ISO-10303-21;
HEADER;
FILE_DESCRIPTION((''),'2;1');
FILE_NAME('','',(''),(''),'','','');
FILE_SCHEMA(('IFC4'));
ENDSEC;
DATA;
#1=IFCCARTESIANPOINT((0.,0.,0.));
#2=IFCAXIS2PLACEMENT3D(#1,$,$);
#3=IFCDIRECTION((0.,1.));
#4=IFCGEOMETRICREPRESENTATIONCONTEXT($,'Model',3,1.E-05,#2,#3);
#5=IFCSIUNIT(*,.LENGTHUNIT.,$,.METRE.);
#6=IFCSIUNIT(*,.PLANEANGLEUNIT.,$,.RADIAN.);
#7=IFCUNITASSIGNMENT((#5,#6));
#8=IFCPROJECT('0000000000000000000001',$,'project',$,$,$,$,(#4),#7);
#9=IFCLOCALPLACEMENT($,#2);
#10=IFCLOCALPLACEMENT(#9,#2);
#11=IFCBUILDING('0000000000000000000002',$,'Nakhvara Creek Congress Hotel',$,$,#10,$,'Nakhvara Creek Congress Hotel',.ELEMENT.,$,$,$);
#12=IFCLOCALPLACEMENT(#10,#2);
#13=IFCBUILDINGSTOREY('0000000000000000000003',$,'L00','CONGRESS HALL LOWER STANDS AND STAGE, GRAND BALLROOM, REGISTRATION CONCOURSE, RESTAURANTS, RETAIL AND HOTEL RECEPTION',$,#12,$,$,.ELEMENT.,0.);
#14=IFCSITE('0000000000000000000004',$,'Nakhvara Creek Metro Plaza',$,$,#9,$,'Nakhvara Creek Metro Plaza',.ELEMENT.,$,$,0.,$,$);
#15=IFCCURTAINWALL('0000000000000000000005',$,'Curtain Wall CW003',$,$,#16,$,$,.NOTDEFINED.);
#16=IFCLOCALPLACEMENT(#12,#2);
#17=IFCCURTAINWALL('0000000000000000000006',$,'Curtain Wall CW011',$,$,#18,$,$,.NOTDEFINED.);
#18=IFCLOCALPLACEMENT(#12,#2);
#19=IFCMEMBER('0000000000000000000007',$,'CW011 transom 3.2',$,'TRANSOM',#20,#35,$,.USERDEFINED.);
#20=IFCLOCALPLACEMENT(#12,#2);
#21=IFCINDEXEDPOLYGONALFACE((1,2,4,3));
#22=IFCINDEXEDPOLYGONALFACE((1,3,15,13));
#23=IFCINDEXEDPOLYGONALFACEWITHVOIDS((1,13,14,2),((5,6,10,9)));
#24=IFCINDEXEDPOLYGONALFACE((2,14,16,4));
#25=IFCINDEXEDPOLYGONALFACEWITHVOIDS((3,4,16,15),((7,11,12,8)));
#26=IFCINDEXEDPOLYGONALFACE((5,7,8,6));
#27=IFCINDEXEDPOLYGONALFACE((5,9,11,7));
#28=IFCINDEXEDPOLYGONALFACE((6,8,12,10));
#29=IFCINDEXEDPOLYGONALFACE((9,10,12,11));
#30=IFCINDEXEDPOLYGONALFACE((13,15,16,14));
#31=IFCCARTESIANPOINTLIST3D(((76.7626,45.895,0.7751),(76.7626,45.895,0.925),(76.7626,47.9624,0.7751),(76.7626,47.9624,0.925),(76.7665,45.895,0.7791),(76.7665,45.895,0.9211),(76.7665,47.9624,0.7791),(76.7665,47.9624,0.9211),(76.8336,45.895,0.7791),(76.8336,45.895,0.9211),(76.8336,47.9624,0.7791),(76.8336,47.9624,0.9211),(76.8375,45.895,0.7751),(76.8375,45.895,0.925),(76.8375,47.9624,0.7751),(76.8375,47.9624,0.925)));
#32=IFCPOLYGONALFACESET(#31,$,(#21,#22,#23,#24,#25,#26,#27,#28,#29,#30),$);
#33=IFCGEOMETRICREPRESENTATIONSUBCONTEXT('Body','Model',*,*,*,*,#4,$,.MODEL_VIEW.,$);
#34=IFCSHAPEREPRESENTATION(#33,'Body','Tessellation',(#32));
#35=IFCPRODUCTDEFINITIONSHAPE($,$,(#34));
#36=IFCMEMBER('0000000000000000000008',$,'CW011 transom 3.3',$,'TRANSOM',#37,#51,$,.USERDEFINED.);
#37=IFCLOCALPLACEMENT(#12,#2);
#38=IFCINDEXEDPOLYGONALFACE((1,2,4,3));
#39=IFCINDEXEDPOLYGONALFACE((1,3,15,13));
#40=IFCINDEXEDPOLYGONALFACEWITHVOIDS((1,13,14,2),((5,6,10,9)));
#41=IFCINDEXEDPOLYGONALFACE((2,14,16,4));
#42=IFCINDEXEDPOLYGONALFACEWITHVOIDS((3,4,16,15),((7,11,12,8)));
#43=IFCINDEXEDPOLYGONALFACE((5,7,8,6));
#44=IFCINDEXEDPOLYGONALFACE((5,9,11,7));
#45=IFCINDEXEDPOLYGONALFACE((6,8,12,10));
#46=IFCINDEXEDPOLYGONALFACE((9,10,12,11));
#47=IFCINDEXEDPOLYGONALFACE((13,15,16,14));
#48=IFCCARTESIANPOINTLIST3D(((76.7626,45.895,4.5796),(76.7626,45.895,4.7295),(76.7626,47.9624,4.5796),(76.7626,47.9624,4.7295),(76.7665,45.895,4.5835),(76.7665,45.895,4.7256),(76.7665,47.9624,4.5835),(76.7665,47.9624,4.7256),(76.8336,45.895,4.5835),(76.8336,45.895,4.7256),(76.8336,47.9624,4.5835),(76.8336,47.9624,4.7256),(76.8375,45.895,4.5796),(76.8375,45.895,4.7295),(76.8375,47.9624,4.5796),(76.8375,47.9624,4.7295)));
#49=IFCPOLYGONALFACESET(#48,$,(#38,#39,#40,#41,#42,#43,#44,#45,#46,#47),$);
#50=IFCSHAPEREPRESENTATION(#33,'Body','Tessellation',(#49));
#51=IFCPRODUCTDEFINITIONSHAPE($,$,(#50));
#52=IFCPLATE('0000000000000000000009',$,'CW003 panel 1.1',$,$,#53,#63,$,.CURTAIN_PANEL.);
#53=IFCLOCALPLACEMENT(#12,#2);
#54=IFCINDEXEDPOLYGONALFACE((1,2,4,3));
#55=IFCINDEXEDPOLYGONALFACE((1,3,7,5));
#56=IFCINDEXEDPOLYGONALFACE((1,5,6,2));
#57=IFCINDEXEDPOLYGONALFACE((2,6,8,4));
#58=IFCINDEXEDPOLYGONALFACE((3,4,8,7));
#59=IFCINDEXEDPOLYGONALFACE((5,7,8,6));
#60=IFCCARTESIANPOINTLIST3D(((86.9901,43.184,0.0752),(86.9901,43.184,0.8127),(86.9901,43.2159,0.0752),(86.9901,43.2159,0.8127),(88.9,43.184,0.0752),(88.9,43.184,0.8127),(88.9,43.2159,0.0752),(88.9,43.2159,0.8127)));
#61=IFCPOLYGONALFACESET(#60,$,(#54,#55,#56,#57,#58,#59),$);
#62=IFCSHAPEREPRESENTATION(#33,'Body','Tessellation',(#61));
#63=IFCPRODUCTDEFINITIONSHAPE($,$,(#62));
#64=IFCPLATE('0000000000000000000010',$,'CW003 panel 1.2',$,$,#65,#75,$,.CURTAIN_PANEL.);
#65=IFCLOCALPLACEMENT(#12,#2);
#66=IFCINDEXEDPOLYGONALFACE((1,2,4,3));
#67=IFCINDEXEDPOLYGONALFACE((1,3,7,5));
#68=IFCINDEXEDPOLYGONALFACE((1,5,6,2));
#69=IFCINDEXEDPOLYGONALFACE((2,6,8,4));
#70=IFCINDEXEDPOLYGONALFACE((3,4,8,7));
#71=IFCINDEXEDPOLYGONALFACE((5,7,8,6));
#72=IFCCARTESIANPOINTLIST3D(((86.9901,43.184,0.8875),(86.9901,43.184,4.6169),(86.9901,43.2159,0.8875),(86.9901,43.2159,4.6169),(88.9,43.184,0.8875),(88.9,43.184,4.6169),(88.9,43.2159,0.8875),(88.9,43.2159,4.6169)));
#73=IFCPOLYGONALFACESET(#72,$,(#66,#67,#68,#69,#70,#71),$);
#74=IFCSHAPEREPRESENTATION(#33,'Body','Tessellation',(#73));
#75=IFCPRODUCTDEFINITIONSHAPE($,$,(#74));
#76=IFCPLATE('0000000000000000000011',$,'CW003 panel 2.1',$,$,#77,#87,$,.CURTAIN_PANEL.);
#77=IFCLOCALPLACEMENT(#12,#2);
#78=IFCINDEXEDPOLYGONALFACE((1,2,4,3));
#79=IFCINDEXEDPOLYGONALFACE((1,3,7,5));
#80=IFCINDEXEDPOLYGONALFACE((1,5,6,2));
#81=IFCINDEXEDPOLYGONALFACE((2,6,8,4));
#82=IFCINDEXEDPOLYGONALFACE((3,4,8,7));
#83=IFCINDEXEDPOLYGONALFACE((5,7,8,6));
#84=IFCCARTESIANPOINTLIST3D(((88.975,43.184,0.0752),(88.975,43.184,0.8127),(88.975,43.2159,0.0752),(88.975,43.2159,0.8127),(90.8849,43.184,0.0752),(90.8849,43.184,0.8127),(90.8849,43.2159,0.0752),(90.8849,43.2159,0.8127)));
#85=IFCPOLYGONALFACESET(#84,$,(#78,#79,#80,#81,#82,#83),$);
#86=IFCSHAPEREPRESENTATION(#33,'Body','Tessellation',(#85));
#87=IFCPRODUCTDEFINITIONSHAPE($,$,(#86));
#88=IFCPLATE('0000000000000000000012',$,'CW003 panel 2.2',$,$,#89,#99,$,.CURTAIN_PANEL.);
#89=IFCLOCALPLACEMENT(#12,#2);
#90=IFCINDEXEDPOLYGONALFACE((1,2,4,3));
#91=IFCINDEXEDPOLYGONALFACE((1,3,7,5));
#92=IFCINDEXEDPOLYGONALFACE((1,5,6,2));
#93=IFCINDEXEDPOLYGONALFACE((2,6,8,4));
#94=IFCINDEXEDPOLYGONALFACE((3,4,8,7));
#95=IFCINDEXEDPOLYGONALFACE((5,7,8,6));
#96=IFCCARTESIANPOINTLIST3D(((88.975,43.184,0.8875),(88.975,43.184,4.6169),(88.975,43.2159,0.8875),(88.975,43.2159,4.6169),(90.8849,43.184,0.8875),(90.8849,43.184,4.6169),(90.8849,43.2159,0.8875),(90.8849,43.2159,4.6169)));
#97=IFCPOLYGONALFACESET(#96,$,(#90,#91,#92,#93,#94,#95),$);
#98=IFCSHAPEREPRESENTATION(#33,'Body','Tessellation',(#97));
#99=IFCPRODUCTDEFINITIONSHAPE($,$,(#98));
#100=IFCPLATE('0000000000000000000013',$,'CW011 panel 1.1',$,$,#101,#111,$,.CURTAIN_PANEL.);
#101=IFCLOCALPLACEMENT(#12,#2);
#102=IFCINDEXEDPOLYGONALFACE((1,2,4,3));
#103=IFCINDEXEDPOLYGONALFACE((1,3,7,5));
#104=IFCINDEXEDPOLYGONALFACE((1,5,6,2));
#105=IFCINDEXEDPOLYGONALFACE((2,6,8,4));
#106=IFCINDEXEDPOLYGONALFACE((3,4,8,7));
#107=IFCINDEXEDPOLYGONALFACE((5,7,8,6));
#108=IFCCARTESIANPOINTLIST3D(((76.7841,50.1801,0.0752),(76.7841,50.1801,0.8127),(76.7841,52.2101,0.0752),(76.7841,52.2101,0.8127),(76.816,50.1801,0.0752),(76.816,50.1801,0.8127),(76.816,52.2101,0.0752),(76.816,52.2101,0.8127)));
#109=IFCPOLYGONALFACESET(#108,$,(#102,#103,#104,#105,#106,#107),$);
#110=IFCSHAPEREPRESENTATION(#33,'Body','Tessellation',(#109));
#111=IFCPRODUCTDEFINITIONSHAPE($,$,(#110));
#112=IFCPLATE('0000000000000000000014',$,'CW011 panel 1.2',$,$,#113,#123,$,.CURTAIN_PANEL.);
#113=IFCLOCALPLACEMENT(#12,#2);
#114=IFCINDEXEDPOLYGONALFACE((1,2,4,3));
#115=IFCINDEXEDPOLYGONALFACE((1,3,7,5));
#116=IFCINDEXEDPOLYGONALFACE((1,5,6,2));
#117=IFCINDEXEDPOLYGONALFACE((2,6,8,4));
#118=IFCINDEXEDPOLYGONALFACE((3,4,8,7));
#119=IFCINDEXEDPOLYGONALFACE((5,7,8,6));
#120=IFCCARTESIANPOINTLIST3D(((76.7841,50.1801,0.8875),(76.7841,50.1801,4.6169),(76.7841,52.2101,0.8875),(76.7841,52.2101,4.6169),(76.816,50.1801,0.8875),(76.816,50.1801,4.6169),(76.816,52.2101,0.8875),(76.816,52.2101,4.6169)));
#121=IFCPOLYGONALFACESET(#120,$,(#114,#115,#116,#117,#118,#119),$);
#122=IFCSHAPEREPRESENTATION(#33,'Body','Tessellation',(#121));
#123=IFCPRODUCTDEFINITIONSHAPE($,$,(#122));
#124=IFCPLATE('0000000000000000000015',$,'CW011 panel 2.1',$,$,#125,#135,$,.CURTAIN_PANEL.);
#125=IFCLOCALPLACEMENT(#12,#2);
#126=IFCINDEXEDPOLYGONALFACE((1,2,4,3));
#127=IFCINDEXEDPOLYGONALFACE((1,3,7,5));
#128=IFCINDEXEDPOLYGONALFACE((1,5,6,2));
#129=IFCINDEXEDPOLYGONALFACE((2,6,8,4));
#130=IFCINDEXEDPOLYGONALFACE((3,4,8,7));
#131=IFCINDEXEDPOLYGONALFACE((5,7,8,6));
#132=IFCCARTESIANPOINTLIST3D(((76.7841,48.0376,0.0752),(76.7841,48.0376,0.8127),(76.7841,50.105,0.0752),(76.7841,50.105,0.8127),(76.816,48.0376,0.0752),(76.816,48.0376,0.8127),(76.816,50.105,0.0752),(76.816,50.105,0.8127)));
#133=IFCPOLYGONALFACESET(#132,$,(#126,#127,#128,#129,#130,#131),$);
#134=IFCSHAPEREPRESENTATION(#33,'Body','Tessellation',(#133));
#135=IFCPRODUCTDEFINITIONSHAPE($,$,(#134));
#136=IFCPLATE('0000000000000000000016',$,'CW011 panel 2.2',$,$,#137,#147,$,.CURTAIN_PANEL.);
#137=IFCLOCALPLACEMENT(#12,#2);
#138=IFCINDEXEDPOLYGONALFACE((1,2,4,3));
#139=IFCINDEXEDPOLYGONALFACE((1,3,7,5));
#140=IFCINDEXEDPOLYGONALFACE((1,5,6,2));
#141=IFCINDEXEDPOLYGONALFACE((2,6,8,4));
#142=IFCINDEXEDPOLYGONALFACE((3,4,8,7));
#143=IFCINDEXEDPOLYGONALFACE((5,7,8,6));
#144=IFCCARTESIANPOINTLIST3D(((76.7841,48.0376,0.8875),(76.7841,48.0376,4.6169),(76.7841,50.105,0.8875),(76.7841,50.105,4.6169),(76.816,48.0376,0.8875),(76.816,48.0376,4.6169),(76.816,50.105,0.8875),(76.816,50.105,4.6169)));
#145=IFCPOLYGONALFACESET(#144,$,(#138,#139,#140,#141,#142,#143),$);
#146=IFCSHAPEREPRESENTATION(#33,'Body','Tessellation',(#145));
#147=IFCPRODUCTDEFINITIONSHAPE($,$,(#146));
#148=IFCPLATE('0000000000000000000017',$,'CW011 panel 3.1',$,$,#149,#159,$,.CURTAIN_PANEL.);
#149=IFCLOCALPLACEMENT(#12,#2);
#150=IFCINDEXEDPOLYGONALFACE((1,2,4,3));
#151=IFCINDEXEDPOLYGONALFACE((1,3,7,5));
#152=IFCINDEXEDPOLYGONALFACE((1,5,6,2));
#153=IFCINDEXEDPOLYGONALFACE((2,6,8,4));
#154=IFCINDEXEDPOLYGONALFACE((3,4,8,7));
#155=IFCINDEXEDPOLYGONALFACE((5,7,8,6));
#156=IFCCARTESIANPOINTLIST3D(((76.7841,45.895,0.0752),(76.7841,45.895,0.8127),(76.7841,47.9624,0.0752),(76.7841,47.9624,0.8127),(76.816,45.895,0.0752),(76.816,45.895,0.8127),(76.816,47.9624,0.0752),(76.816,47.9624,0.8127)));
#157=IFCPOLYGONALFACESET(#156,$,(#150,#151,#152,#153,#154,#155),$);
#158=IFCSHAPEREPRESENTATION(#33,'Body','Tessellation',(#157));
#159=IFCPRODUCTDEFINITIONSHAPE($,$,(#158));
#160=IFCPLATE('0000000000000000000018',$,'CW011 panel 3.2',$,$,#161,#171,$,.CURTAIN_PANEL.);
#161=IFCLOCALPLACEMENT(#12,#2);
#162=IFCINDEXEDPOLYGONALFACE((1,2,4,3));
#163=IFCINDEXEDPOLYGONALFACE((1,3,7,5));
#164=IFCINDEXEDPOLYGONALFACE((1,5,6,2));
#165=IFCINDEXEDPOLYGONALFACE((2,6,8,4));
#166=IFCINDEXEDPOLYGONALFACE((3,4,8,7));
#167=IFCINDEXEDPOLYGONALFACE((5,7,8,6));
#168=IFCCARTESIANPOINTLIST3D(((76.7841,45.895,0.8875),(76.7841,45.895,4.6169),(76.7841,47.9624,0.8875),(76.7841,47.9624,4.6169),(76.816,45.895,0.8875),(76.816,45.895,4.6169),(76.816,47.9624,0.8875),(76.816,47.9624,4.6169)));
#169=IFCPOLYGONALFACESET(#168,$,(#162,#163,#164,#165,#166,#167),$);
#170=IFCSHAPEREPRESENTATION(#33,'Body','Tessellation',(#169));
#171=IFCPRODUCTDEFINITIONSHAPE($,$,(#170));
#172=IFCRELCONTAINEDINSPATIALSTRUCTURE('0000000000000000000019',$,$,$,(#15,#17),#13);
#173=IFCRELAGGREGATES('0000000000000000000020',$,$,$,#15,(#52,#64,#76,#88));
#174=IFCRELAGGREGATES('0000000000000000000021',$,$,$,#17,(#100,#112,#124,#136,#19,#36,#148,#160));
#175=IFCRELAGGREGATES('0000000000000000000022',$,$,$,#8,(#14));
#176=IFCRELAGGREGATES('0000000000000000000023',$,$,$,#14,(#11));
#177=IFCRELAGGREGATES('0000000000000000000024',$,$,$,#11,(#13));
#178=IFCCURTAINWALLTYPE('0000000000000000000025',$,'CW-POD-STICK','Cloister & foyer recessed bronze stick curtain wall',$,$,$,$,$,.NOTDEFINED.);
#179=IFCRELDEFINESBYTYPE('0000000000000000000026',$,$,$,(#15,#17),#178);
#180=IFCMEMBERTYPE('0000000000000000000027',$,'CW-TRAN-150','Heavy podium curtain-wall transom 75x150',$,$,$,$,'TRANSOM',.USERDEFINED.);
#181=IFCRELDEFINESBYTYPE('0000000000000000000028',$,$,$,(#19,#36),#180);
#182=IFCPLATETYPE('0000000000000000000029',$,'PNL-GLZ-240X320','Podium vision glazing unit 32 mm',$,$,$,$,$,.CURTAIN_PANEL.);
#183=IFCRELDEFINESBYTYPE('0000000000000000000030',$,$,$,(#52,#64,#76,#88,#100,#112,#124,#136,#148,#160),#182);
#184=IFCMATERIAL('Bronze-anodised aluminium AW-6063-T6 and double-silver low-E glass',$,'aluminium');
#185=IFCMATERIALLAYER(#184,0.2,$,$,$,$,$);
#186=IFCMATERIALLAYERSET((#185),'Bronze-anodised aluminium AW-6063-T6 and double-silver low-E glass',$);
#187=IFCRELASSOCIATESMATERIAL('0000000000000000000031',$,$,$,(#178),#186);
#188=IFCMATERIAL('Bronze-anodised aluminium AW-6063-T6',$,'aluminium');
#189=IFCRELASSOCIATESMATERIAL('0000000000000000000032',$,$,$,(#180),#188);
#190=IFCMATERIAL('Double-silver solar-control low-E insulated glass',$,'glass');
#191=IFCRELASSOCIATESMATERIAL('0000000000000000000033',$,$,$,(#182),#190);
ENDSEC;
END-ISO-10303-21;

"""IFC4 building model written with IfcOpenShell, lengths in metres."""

from ifc_helpers import new_model, si_unit, direction, frame, origin, origin_2d, place, context, subcontext, project, spatial, rectangle, hollow_rectangle, extrude, material, layer, layer_set, material_profile, profile_set, type_object, element, aggregate, save


model = new_model("IFC4")

# Units and contexts
model_context = context("Model", 3, precision=1e-05, world=origin(), true_north=direction((0.0, 1.0)))
body_context = subcontext(model_context, "Body", "Model", "MODEL_VIEW")
ifc_project = project(units=[si_unit("LENGTHUNIT", "METRE"), si_unit("PLANEANGLEUNIT", "RADIAN")], contexts=[model_context])

# Site, building, storey
site_placement = place(None, origin())
site = spatial("IfcSite", under=ifc_project, at=site_placement, Name="Nakhvara Creek Metro Plaza", LongName="Nakhvara Creek Metro Plaza", CompositionType="ELEMENT", RefElevation=0.0)
building_placement = place(site_placement, origin())
building = spatial("IfcBuilding", under=site, at=building_placement, Name="Nakhvara Creek Congress Hotel", LongName="Nakhvara Creek Congress Hotel", CompositionType="ELEMENT")
storey_placement = place(building_placement, origin())
storey = spatial("IfcBuildingStorey", under=building, at=storey_placement, Name="L00", Description="CONGRESS HALL LOWER STANDS AND STAGE, GRAND BALLROOM, REGISTRATION CONCOURSE, RESTAURANTS, RETAIL AND HOTEL RECEPTION", CompositionType="ELEMENT", Elevation=0.0)

# Curtain walls
ifc_material_1 = material(Name="Bronze-anodised aluminium AW-6063-T6 and double-silver low-E glass", Category="aluminium")
ifc_layer = layer(ifc_material_1, 0.2)
ifc_layer_set = layer_set([ifc_layer], Name="Bronze-anodised aluminium AW-6063-T6 and double-silver low-E glass")
curtain_wall_type = type_object("IfcCurtainWallType", Name="CW-POD-STICK", Description="Cloister & foyer recessed bronze stick curtain wall", PredefinedType="NOTDEFINED", material=ifc_layer_set)
curtain_wall_1_placement = place(storey_placement, origin())
curtain_wall_1 = element("IfcCurtainWall", 1, at=curtain_wall_1_placement, inside=storey, type_object=curtain_wall_type, Name="Curtain Wall CW003", PredefinedType="NOTDEFINED")
ifc_material_2 = material(Name="Bronze-anodised aluminium AW-6063-T6", Category="aluminium")
curtain_wall_2_placement = place(storey_placement, origin())
curtain_wall_2 = element("IfcCurtainWall", 2, at=curtain_wall_2_placement, inside=storey, type_object=curtain_wall_type, Name="Curtain Wall CW011", PredefinedType="NOTDEFINED")

# Members
ifc_material_profile_1 = material_profile(ifc_material_2, hollow_rectangle(XDim=0.075, YDim=0.1499, WallThickness=0.0039, at=origin_2d()), Name="ALU-TRAN 75x150x4", Category="LoadBearing")
ifc_profile_set_1 = profile_set([ifc_material_profile_1], Name="Bronze-anodised aluminium AW-6063-T6")
member_type_1 = type_object("IfcMemberType", Name="CW-TRAN-150", Description="Heavy podium curtain-wall transom 75x150", ElementType="TRANSOM", PredefinedType="USERDEFINED", material=ifc_profile_set_1)
member_1_placement = place(storey_placement, frame((76.8, 47.9624, 0.8501), z_axis=(0.0, -1.0, 0.0), x_axis=(1.0, 0.0, 0.0)))
member_1 = element("IfcMember", 3, at=member_1_placement, type_object=member_type_1, Name="CW011 transom 3.2", ObjectType="TRANSOM", PredefinedType="USERDEFINED", context=body_context, shape_type="SweptSolid", body=[
    extrude(hollow_rectangle(XDim=0.075, YDim=0.1499, WallThickness=0.0039, at=origin_2d()), origin(), (0.0, 0.0, 1.0), 2.0674),
])
member_2_placement = place(storey_placement, frame((76.8, 47.9624, 4.6545), z_axis=(0.0, -1.0, 0.0), x_axis=(1.0, 0.0, 0.0)))
member_2 = element("IfcMember", 4, at=member_2_placement, type_object=member_type_1, Name="CW011 transom 3.3", ObjectType="TRANSOM", PredefinedType="USERDEFINED", context=body_context, shape_type="SweptSolid", body=[
    extrude(hollow_rectangle(XDim=0.075, YDim=0.1499, WallThickness=0.0039, at=origin_2d()), origin(), (0.0, 0.0, 1.0), 2.0674),
])

# Plates
ifc_material_3 = material(Name="Double-silver solar-control low-E insulated glass", Category="glass")
plate_type = type_object("IfcPlateType", Name="PNL-GLZ-240X320", Description="Podium vision glazing unit 32 mm", PredefinedType="CURTAIN_PANEL", material=ifc_material_3)
plate_1_placement = place(storey_placement, frame((87.9451, 43.2, 0.0752), z_axis=(0.0, 0.0, 1.0), x_axis=(1.0, 0.0, 0.0)))
plate_1 = element("IfcPlate", 5, at=plate_1_placement, type_object=plate_type, Name="CW003 panel 1.1", PredefinedType="CURTAIN_PANEL", context=body_context, shape_type="SweptSolid", body=[
    extrude(rectangle(XDim=1.9099, YDim=0.032, at=origin_2d()), origin(), (0.0, 0.0, 1.0), 0.7375),
])
plate_2_placement = place(storey_placement, frame((87.9451, 43.2, 0.8875), z_axis=(0.0, 0.0, 1.0), x_axis=(1.0, 0.0, 0.0)))
plate_2 = element("IfcPlate", 6, at=plate_2_placement, type_object=plate_type, Name="CW003 panel 1.2", PredefinedType="CURTAIN_PANEL", context=body_context, shape_type="SweptSolid", body=[
    extrude(rectangle(XDim=1.9099, YDim=0.032, at=origin_2d()), origin(), (0.0, 0.0, 1.0), 3.7295),
])
plate_3_placement = place(storey_placement, frame((89.9299, 43.2, 0.0752), z_axis=(0.0, 0.0, 1.0), x_axis=(1.0, 0.0, 0.0)))
plate_3 = element("IfcPlate", 7, at=plate_3_placement, type_object=plate_type, Name="CW003 panel 2.1", PredefinedType="CURTAIN_PANEL", context=body_context, shape_type="SweptSolid", body=[
    extrude(rectangle(XDim=1.9099, YDim=0.032, at=origin_2d()), origin(), (0.0, 0.0, 1.0), 0.7375),
])
plate_4_placement = place(storey_placement, frame((89.9299, 43.2, 0.8875), z_axis=(0.0, 0.0, 1.0), x_axis=(1.0, 0.0, 0.0)))
plate_4 = element("IfcPlate", 8, at=plate_4_placement, type_object=plate_type, Name="CW003 panel 2.2", PredefinedType="CURTAIN_PANEL", context=body_context, shape_type="SweptSolid", body=[
    extrude(rectangle(XDim=1.9099, YDim=0.032, at=origin_2d()), origin(), (0.0, 0.0, 1.0), 3.7295),
])
aggregate(curtain_wall_1, [plate_1, plate_2, plate_3, plate_4])
plate_5_placement = place(storey_placement, frame((76.8, 51.1951, 0.0752), z_axis=(0.0, 0.0, 1.0), x_axis=(0.0, -1.0, 0.0)))
plate_5 = element("IfcPlate", 9, at=plate_5_placement, type_object=plate_type, Name="CW011 panel 1.1", PredefinedType="CURTAIN_PANEL", context=body_context, shape_type="SweptSolid", body=[
    extrude(rectangle(XDim=2.03, YDim=0.032, at=origin_2d()), origin(), (0.0, 0.0, 1.0), 0.7375),
])
plate_6_placement = place(storey_placement, frame((76.8, 51.1951, 0.8875), z_axis=(0.0, 0.0, 1.0), x_axis=(0.0, -1.0, 0.0)))
plate_6 = element("IfcPlate", 10, at=plate_6_placement, type_object=plate_type, Name="CW011 panel 1.2", PredefinedType="CURTAIN_PANEL", context=body_context, shape_type="SweptSolid", body=[
    extrude(rectangle(XDim=2.03, YDim=0.032, at=origin_2d()), origin(), (0.0, 0.0, 1.0), 3.7295),
])
plate_7_placement = place(storey_placement, frame((76.8, 49.0713, 0.0752), z_axis=(0.0, 0.0, 1.0), x_axis=(0.0, -1.0, 0.0)))
plate_7 = element("IfcPlate", 11, at=plate_7_placement, type_object=plate_type, Name="CW011 panel 2.1", PredefinedType="CURTAIN_PANEL", context=body_context, shape_type="SweptSolid", body=[
    extrude(rectangle(XDim=2.0674, YDim=0.032, at=origin_2d()), origin(), (0.0, 0.0, 1.0), 0.7375),
])
plate_8_placement = place(storey_placement, frame((76.8, 49.0713, 0.8875), z_axis=(0.0, 0.0, 1.0), x_axis=(0.0, -1.0, 0.0)))
plate_8 = element("IfcPlate", 12, at=plate_8_placement, type_object=plate_type, Name="CW011 panel 2.2", PredefinedType="CURTAIN_PANEL", context=body_context, shape_type="SweptSolid", body=[
    extrude(rectangle(XDim=2.0674, YDim=0.032, at=origin_2d()), origin(), (0.0, 0.0, 1.0), 3.7295),
])
plate_9_placement = place(storey_placement, frame((76.8, 46.9287, 0.0752), z_axis=(0.0, 0.0, 1.0), x_axis=(0.0, -1.0, 0.0)))
plate_9 = element("IfcPlate", 13, at=plate_9_placement, type_object=plate_type, Name="CW011 panel 3.1", PredefinedType="CURTAIN_PANEL", context=body_context, shape_type="SweptSolid", body=[
    extrude(rectangle(XDim=2.0674, YDim=0.032, at=origin_2d()), origin(), (0.0, 0.0, 1.0), 0.7375),
])
plate_10_placement = place(storey_placement, frame((76.8, 46.9287, 0.8875), z_axis=(0.0, 0.0, 1.0), x_axis=(0.0, -1.0, 0.0)))
plate_10 = element("IfcPlate", 14, at=plate_10_placement, type_object=plate_type, Name="CW011 panel 3.2", PredefinedType="CURTAIN_PANEL", context=body_context, shape_type="SweptSolid", body=[
    extrude(rectangle(XDim=2.0674, YDim=0.032, at=origin_2d()), origin(), (0.0, 0.0, 1.0), 3.7295),
])
aggregate(curtain_wall_2, [plate_5, plate_6, plate_7, plate_8, member_1, member_2, plate_9, plate_10])

save(model, "model.ifc")
